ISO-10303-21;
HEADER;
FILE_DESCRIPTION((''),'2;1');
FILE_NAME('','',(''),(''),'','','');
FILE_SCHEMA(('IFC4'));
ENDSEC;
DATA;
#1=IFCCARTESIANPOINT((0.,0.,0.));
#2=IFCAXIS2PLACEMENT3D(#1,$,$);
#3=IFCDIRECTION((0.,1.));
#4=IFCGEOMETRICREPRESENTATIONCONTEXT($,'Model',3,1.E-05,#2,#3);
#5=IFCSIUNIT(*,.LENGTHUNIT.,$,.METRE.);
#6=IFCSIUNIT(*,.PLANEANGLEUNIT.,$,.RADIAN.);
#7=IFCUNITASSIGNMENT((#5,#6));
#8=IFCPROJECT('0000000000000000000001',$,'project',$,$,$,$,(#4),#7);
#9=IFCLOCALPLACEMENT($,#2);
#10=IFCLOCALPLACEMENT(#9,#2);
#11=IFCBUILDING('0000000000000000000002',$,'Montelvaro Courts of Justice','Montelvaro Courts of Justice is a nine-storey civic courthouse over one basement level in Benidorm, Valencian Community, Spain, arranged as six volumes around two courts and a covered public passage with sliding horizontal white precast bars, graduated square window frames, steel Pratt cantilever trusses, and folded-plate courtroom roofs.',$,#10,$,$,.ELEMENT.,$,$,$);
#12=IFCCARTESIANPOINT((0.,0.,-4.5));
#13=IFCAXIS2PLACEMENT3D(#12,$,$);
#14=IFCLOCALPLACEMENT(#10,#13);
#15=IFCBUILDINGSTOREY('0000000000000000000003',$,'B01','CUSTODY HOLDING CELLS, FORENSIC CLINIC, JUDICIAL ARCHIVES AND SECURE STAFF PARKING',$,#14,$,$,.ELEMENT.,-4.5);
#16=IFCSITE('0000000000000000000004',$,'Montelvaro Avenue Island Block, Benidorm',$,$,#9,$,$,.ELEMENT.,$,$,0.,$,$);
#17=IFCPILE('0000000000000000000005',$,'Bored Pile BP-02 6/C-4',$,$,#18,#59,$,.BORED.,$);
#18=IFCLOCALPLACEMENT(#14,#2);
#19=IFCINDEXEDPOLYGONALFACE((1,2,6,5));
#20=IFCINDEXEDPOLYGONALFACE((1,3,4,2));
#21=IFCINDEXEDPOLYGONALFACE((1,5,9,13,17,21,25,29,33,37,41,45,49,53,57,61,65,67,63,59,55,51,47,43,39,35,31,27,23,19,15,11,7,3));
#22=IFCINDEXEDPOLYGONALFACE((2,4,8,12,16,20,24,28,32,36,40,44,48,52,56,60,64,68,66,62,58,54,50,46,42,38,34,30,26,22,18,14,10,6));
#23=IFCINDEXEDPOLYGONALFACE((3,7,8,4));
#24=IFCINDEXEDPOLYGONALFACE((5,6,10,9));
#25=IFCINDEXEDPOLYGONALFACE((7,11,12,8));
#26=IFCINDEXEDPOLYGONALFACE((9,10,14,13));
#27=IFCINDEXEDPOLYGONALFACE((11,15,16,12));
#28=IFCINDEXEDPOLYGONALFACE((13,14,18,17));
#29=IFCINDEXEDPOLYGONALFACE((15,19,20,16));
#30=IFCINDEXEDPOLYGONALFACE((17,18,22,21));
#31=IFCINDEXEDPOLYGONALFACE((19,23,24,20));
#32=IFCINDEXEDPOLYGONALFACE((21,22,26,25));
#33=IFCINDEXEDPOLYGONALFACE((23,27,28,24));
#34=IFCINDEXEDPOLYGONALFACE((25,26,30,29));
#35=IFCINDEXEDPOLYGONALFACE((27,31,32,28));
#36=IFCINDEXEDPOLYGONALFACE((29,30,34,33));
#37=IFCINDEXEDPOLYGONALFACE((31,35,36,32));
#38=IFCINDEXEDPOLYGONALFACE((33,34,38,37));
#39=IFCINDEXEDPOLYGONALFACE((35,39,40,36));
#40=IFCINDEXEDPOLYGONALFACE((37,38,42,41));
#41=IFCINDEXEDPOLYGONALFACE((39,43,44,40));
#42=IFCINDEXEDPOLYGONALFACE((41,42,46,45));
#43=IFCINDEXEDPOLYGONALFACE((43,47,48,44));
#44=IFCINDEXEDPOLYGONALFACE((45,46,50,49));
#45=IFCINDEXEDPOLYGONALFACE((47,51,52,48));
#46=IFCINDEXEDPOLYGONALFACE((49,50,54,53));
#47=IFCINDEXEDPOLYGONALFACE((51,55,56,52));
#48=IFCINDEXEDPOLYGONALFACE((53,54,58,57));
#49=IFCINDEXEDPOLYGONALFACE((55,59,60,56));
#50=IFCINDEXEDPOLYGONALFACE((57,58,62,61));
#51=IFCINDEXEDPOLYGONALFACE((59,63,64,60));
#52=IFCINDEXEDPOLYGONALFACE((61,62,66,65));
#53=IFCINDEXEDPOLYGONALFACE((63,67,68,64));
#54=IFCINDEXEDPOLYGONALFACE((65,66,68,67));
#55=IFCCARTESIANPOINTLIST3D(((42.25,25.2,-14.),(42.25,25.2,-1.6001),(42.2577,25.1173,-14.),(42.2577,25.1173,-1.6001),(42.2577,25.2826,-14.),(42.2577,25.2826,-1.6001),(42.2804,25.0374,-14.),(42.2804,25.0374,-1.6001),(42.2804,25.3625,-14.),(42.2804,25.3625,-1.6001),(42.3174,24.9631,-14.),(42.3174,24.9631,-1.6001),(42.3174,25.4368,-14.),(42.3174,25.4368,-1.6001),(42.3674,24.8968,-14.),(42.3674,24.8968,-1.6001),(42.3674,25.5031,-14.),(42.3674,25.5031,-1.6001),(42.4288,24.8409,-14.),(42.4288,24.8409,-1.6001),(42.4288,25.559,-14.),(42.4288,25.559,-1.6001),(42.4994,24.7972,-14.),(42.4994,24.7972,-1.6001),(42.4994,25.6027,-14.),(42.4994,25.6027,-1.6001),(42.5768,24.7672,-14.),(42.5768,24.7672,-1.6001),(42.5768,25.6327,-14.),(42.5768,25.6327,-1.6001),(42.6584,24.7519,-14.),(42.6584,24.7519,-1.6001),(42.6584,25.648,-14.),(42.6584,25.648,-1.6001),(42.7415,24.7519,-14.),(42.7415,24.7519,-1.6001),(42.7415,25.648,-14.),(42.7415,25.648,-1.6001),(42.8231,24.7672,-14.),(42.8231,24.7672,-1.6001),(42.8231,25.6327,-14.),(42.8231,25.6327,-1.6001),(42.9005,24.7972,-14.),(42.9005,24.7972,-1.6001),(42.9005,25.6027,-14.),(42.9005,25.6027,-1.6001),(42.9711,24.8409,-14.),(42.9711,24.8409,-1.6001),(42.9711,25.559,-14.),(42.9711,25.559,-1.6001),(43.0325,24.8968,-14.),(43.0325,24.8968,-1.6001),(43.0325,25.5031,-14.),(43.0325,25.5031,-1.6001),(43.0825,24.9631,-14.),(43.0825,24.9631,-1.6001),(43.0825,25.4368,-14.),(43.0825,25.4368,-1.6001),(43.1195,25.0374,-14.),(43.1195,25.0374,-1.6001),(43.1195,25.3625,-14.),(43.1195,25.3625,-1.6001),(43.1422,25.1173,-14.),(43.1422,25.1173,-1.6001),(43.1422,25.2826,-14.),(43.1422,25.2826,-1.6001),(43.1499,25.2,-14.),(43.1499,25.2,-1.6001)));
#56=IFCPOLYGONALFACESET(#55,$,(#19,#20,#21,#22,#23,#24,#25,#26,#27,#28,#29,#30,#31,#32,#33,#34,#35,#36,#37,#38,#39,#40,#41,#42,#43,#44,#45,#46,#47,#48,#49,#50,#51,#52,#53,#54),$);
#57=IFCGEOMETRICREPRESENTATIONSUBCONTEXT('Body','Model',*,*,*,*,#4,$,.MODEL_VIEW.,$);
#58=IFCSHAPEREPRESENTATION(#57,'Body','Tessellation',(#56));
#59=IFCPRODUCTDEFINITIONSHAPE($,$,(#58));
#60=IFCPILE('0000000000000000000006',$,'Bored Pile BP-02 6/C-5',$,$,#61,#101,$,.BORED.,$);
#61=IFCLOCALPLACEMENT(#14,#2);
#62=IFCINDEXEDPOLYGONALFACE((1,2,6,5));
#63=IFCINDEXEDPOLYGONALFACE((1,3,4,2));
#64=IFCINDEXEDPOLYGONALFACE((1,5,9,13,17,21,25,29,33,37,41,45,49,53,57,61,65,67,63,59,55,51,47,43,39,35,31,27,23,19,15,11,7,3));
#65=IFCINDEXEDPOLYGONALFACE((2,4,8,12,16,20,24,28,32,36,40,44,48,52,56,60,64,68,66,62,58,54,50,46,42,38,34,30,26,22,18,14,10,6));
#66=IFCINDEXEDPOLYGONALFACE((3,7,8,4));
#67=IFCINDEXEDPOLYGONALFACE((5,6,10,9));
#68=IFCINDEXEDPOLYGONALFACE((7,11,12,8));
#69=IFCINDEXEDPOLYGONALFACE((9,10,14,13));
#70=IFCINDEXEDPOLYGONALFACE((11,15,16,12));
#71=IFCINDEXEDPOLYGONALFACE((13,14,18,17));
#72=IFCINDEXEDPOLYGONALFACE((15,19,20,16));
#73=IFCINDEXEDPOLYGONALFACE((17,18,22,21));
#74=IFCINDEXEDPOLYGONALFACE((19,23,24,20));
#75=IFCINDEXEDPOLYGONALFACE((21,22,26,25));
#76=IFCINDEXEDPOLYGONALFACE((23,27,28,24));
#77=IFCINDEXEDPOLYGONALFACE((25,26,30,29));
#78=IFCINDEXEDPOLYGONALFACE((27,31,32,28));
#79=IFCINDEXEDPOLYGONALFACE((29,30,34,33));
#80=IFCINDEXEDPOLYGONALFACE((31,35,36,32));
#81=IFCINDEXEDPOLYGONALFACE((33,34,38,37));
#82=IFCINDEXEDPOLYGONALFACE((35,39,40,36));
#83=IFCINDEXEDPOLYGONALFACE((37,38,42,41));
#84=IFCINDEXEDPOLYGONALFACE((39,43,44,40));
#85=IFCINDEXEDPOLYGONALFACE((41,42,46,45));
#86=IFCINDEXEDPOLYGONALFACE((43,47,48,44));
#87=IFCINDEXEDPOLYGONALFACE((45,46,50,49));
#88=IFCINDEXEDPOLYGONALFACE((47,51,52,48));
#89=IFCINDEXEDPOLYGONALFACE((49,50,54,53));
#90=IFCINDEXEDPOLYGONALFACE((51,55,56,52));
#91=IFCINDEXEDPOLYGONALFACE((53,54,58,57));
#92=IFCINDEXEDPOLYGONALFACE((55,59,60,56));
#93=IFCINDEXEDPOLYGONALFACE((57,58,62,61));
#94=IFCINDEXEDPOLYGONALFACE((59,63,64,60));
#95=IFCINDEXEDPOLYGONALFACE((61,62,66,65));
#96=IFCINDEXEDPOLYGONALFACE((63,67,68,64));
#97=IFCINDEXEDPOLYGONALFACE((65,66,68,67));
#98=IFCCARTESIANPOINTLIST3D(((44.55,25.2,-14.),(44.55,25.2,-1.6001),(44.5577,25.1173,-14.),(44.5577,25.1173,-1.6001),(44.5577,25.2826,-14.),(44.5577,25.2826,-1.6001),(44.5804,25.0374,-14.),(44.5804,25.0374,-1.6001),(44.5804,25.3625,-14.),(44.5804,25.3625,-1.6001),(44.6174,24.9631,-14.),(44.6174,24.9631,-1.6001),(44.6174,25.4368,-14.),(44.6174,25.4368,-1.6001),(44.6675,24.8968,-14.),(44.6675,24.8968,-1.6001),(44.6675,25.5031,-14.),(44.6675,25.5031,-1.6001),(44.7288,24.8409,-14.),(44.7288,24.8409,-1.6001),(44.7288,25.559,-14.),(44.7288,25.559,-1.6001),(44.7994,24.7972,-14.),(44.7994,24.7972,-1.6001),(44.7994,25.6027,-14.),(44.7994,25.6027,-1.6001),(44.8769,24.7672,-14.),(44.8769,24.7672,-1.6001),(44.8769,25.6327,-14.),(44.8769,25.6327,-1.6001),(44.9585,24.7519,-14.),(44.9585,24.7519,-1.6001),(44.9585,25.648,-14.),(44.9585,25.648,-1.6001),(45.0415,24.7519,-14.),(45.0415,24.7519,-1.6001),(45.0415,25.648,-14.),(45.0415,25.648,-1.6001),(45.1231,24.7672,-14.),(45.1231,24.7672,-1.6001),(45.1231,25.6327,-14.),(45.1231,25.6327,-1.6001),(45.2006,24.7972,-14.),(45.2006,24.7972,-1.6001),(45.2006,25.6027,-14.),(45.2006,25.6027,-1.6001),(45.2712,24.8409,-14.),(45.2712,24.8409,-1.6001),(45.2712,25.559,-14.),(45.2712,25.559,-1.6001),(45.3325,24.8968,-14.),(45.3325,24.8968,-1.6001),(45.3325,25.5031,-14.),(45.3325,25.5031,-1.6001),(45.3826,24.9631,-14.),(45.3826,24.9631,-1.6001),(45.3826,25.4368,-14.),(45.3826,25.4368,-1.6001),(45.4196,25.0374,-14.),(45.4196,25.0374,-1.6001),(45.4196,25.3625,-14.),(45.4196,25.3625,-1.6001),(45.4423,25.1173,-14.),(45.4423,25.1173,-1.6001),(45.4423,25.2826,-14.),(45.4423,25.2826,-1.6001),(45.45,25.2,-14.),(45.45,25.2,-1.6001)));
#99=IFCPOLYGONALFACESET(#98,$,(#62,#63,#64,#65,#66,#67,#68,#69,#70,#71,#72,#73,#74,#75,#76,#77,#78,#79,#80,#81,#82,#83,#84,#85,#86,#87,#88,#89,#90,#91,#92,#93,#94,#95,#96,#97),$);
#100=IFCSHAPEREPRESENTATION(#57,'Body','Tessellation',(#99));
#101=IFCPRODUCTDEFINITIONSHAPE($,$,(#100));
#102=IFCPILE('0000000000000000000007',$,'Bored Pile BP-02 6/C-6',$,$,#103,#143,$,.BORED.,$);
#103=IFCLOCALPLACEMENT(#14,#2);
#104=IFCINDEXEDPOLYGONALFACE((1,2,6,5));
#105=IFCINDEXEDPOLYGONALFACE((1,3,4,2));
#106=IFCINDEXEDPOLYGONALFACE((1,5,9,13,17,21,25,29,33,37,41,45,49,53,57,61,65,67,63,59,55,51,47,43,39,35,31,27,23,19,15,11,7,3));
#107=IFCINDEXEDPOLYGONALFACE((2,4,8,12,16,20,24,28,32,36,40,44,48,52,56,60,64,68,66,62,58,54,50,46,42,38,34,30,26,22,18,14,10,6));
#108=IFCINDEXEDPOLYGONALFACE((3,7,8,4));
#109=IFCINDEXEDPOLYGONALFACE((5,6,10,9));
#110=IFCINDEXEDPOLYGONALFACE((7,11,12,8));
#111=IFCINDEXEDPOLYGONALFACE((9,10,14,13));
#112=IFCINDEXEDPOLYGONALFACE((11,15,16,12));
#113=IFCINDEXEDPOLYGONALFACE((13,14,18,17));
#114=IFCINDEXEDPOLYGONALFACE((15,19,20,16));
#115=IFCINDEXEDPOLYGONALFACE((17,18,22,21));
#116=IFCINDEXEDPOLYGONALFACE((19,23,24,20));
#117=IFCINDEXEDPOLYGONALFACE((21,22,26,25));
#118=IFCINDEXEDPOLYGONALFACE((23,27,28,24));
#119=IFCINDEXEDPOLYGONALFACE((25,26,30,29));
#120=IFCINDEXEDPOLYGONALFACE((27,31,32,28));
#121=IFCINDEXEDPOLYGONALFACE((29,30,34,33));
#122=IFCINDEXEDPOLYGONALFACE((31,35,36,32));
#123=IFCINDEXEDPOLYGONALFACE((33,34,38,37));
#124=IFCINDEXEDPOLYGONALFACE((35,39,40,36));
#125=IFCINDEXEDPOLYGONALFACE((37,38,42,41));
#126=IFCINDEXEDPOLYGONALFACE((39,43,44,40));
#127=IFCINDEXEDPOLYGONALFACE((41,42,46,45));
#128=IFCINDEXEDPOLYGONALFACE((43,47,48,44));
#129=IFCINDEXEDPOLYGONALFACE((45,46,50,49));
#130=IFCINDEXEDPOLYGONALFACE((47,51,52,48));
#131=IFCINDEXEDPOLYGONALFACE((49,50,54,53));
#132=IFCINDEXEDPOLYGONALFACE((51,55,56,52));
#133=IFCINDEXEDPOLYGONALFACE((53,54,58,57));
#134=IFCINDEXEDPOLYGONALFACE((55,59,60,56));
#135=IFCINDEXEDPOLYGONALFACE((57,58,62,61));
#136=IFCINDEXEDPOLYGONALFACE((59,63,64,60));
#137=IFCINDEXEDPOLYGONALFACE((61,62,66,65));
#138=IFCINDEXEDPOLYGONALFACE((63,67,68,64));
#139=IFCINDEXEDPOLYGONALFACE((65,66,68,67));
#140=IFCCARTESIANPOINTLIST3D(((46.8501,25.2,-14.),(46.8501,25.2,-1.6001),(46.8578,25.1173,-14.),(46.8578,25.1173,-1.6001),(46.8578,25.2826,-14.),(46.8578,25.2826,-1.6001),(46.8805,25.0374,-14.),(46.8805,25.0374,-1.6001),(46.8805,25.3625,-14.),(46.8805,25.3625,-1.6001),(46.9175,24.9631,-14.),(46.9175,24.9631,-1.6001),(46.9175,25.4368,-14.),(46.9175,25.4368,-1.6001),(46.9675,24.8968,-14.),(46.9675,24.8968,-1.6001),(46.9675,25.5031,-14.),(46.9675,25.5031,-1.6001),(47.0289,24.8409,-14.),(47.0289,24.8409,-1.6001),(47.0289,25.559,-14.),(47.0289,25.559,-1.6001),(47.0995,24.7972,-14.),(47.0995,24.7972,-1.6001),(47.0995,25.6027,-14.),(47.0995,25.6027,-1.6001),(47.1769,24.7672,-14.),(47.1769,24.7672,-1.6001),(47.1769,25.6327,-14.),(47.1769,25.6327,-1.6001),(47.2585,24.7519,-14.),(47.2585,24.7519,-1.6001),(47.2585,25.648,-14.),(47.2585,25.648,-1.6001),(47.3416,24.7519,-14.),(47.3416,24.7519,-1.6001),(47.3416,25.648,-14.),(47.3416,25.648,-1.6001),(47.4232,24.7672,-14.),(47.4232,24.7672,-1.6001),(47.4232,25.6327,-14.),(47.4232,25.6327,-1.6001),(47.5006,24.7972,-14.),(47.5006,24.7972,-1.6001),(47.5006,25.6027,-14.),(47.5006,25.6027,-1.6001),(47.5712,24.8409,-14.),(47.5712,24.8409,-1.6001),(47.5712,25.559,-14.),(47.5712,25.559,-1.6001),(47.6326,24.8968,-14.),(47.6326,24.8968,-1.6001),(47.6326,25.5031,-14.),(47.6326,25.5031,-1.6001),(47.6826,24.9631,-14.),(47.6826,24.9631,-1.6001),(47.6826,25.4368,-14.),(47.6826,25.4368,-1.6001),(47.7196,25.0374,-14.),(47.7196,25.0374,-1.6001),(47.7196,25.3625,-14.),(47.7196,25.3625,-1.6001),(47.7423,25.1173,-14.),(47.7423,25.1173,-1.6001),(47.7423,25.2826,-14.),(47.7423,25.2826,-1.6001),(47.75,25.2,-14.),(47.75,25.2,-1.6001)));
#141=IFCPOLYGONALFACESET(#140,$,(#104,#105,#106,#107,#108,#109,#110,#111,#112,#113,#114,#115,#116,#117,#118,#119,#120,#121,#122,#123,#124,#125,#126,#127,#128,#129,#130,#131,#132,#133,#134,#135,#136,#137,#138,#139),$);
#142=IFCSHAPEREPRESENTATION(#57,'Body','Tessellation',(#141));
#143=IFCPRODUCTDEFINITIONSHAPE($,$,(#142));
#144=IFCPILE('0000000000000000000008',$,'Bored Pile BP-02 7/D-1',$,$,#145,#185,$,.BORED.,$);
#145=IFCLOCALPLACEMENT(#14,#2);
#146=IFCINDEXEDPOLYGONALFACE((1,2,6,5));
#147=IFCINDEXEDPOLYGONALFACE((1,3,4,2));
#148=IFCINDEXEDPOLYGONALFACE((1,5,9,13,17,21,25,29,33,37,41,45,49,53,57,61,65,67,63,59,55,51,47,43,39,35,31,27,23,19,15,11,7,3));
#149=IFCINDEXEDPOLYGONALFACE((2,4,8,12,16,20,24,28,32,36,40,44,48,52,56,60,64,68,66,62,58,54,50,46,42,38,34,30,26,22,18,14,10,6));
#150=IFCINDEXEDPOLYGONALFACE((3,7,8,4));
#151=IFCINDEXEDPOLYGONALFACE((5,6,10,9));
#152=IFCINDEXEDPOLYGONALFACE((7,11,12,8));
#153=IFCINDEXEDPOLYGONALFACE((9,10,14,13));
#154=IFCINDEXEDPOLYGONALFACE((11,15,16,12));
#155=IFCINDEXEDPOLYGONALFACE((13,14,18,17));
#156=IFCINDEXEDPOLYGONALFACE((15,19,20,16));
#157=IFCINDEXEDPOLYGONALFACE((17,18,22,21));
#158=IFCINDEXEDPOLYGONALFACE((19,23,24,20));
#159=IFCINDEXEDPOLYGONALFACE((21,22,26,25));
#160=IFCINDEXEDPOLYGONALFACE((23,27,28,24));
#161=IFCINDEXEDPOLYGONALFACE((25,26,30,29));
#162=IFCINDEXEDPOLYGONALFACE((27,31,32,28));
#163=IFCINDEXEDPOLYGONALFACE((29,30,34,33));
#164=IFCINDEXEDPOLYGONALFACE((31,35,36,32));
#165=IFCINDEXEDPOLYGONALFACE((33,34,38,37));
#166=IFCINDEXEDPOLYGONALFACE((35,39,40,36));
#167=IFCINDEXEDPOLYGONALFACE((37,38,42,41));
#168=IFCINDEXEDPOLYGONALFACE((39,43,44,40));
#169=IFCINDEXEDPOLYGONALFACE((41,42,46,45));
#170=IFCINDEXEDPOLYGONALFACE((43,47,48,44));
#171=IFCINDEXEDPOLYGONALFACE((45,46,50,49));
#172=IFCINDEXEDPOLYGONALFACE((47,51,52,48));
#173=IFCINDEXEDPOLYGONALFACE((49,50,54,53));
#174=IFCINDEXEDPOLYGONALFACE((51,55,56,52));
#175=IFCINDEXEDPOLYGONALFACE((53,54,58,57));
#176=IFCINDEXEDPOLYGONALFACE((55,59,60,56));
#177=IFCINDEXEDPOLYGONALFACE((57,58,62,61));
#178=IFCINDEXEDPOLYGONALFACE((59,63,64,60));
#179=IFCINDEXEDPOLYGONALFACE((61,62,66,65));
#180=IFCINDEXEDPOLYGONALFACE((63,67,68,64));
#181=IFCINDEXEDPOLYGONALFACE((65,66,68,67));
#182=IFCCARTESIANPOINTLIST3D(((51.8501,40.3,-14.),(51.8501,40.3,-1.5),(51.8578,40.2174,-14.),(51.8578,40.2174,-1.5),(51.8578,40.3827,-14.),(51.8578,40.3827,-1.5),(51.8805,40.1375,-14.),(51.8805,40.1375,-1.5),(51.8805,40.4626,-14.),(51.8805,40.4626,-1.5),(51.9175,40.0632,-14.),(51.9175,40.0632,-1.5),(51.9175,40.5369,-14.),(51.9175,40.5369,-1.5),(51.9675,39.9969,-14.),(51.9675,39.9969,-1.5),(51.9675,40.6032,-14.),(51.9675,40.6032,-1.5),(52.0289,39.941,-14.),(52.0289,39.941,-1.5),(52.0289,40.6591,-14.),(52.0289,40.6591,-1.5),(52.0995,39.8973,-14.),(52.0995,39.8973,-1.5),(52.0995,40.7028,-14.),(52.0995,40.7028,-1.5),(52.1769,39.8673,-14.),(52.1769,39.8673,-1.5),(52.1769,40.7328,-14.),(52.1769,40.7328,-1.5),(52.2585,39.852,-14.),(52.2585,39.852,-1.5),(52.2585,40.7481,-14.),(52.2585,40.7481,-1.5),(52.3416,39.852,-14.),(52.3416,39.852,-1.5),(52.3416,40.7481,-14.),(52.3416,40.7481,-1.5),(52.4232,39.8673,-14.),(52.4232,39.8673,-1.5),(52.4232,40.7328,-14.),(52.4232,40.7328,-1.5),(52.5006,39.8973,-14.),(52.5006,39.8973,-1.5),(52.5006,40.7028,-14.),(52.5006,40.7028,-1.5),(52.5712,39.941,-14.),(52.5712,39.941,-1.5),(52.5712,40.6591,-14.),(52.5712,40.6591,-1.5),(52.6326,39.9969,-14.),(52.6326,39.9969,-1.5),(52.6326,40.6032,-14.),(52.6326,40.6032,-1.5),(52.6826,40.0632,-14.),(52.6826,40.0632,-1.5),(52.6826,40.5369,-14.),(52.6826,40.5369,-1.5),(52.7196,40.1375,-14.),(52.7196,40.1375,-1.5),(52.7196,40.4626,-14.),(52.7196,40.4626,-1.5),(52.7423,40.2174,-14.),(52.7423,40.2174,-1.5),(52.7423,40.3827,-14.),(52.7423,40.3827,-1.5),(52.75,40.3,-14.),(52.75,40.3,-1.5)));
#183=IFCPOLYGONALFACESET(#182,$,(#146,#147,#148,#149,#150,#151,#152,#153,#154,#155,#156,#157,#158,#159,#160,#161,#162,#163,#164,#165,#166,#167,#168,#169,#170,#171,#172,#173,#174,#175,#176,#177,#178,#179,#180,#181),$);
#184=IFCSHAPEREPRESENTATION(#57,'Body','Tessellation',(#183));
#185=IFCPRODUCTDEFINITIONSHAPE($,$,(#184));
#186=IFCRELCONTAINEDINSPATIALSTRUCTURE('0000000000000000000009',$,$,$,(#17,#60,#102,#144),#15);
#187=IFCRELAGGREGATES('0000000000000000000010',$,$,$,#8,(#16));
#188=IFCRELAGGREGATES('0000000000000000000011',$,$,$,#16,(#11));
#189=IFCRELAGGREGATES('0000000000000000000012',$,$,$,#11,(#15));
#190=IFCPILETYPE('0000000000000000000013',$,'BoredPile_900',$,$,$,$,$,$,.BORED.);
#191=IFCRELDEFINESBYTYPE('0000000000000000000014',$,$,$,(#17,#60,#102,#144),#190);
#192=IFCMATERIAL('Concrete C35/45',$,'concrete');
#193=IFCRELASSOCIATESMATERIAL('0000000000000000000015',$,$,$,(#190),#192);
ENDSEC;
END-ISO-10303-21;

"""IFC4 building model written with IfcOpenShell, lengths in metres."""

from ifc_helpers import new_model, si_unit, direction, frame, origin, origin_2d, place, context, subcontext, project, spatial, circle, extrude, material, material_profile, profile_set, type_object, element, save


model = new_model("IFC4")

# Units and contexts
model_context = context("Model", 3, precision=1e-05, world=origin(), true_north=direction((0.0, 1.0)))
body_context = subcontext(model_context, "Body", "Model", "MODEL_VIEW")
ifc_project = project(units=[si_unit("LENGTHUNIT", "METRE"), si_unit("PLANEANGLEUNIT", "RADIAN")], contexts=[model_context])

# Site, building, storey
site_placement = place(None, origin())
site = spatial("IfcSite", under=ifc_project, at=site_placement, Name="Montelvaro Avenue Island Block, Benidorm", CompositionType="ELEMENT", RefElevation=0.0)
building_placement = place(site_placement, origin())
building = spatial("IfcBuilding", under=site, at=building_placement, Name="Montelvaro Courts of Justice", Description="Montelvaro Courts of Justice is a nine-storey civic courthouse over one basement level in Benidorm, Valencian Community, Spain, arranged as six volumes around two courts and a covered public passage with sliding horizontal white precast bars, graduated square window frames, steel Pratt cantilever trusses, and folded-plate courtroom roofs.", CompositionType="ELEMENT")
storey_placement = place(building_placement, frame((0.0, 0.0, -4.5)))
storey = spatial("IfcBuildingStorey", under=building, at=storey_placement, Name="B01", Description="CUSTODY HOLDING CELLS, FORENSIC CLINIC, JUDICIAL ARCHIVES AND SECURE STAFF PARKING", CompositionType="ELEMENT", Elevation=-4.5)

# Piles
ifc_material_1 = material(Name="Concrete C35/45", Category="concrete")
ifc_material_profile_1 = material_profile(ifc_material_1, circle(Radius=0.45, at=origin_2d()), Name="BORED PILE D900")
ifc_profile_set_1 = profile_set([ifc_material_profile_1], Name="Concrete C35/45")
pile_type_1 = type_object("IfcPileType", Name="BoredPile_900", PredefinedType="BORED", material=ifc_profile_set_1)
for number, where, z_axis, x_axis, name in (
    (1, (42.7, 25.2, -1.6001), (0.0, 0.0, -1.0), (1.0, 0.0, 0.0), "Bored Pile BP-02 6/C-4"),
    (2, (45.0, 25.2, -1.6001), (0.0, 0.0, -1.0), (1.0, 0.0, 0.0), "Bored Pile BP-02 6/C-5"),
    (3, (47.3, 25.2, -1.6001), (0.0, 0.0, -1.0), (1.0, 0.0, 0.0), "Bored Pile BP-02 6/C-6"),
):
    element("IfcPile", number, at=place(storey_placement, frame(where, z_axis=z_axis, x_axis=x_axis)), inside=storey, type_object=pile_type_1, Name=name, PredefinedType="BORED", context=body_context, shape_type="SweptSolid", body=[
        extrude(circle(Radius=0.45, at=origin_2d()), origin(), (0.0, 0.0, 1.0), 12.3999),
    ])
for number, where, z_axis, x_axis, name in (
    (4, (52.3, 40.3, -1.5), (0.0, 0.0, -1.0), (1.0, 0.0, 0.0), "Bored Pile BP-02 7/D-1"),
):
    element("IfcPile", number, at=place(storey_placement, frame(where, z_axis=z_axis, x_axis=x_axis)), inside=storey, type_object=pile_type_1, Name=name, PredefinedType="BORED", context=body_context, shape_type="SweptSolid", body=[
        extrude(circle(Radius=0.45, at=origin_2d()), origin(), (0.0, 0.0, 1.0), 12.5),
    ])

save(model, "model.ifc")
